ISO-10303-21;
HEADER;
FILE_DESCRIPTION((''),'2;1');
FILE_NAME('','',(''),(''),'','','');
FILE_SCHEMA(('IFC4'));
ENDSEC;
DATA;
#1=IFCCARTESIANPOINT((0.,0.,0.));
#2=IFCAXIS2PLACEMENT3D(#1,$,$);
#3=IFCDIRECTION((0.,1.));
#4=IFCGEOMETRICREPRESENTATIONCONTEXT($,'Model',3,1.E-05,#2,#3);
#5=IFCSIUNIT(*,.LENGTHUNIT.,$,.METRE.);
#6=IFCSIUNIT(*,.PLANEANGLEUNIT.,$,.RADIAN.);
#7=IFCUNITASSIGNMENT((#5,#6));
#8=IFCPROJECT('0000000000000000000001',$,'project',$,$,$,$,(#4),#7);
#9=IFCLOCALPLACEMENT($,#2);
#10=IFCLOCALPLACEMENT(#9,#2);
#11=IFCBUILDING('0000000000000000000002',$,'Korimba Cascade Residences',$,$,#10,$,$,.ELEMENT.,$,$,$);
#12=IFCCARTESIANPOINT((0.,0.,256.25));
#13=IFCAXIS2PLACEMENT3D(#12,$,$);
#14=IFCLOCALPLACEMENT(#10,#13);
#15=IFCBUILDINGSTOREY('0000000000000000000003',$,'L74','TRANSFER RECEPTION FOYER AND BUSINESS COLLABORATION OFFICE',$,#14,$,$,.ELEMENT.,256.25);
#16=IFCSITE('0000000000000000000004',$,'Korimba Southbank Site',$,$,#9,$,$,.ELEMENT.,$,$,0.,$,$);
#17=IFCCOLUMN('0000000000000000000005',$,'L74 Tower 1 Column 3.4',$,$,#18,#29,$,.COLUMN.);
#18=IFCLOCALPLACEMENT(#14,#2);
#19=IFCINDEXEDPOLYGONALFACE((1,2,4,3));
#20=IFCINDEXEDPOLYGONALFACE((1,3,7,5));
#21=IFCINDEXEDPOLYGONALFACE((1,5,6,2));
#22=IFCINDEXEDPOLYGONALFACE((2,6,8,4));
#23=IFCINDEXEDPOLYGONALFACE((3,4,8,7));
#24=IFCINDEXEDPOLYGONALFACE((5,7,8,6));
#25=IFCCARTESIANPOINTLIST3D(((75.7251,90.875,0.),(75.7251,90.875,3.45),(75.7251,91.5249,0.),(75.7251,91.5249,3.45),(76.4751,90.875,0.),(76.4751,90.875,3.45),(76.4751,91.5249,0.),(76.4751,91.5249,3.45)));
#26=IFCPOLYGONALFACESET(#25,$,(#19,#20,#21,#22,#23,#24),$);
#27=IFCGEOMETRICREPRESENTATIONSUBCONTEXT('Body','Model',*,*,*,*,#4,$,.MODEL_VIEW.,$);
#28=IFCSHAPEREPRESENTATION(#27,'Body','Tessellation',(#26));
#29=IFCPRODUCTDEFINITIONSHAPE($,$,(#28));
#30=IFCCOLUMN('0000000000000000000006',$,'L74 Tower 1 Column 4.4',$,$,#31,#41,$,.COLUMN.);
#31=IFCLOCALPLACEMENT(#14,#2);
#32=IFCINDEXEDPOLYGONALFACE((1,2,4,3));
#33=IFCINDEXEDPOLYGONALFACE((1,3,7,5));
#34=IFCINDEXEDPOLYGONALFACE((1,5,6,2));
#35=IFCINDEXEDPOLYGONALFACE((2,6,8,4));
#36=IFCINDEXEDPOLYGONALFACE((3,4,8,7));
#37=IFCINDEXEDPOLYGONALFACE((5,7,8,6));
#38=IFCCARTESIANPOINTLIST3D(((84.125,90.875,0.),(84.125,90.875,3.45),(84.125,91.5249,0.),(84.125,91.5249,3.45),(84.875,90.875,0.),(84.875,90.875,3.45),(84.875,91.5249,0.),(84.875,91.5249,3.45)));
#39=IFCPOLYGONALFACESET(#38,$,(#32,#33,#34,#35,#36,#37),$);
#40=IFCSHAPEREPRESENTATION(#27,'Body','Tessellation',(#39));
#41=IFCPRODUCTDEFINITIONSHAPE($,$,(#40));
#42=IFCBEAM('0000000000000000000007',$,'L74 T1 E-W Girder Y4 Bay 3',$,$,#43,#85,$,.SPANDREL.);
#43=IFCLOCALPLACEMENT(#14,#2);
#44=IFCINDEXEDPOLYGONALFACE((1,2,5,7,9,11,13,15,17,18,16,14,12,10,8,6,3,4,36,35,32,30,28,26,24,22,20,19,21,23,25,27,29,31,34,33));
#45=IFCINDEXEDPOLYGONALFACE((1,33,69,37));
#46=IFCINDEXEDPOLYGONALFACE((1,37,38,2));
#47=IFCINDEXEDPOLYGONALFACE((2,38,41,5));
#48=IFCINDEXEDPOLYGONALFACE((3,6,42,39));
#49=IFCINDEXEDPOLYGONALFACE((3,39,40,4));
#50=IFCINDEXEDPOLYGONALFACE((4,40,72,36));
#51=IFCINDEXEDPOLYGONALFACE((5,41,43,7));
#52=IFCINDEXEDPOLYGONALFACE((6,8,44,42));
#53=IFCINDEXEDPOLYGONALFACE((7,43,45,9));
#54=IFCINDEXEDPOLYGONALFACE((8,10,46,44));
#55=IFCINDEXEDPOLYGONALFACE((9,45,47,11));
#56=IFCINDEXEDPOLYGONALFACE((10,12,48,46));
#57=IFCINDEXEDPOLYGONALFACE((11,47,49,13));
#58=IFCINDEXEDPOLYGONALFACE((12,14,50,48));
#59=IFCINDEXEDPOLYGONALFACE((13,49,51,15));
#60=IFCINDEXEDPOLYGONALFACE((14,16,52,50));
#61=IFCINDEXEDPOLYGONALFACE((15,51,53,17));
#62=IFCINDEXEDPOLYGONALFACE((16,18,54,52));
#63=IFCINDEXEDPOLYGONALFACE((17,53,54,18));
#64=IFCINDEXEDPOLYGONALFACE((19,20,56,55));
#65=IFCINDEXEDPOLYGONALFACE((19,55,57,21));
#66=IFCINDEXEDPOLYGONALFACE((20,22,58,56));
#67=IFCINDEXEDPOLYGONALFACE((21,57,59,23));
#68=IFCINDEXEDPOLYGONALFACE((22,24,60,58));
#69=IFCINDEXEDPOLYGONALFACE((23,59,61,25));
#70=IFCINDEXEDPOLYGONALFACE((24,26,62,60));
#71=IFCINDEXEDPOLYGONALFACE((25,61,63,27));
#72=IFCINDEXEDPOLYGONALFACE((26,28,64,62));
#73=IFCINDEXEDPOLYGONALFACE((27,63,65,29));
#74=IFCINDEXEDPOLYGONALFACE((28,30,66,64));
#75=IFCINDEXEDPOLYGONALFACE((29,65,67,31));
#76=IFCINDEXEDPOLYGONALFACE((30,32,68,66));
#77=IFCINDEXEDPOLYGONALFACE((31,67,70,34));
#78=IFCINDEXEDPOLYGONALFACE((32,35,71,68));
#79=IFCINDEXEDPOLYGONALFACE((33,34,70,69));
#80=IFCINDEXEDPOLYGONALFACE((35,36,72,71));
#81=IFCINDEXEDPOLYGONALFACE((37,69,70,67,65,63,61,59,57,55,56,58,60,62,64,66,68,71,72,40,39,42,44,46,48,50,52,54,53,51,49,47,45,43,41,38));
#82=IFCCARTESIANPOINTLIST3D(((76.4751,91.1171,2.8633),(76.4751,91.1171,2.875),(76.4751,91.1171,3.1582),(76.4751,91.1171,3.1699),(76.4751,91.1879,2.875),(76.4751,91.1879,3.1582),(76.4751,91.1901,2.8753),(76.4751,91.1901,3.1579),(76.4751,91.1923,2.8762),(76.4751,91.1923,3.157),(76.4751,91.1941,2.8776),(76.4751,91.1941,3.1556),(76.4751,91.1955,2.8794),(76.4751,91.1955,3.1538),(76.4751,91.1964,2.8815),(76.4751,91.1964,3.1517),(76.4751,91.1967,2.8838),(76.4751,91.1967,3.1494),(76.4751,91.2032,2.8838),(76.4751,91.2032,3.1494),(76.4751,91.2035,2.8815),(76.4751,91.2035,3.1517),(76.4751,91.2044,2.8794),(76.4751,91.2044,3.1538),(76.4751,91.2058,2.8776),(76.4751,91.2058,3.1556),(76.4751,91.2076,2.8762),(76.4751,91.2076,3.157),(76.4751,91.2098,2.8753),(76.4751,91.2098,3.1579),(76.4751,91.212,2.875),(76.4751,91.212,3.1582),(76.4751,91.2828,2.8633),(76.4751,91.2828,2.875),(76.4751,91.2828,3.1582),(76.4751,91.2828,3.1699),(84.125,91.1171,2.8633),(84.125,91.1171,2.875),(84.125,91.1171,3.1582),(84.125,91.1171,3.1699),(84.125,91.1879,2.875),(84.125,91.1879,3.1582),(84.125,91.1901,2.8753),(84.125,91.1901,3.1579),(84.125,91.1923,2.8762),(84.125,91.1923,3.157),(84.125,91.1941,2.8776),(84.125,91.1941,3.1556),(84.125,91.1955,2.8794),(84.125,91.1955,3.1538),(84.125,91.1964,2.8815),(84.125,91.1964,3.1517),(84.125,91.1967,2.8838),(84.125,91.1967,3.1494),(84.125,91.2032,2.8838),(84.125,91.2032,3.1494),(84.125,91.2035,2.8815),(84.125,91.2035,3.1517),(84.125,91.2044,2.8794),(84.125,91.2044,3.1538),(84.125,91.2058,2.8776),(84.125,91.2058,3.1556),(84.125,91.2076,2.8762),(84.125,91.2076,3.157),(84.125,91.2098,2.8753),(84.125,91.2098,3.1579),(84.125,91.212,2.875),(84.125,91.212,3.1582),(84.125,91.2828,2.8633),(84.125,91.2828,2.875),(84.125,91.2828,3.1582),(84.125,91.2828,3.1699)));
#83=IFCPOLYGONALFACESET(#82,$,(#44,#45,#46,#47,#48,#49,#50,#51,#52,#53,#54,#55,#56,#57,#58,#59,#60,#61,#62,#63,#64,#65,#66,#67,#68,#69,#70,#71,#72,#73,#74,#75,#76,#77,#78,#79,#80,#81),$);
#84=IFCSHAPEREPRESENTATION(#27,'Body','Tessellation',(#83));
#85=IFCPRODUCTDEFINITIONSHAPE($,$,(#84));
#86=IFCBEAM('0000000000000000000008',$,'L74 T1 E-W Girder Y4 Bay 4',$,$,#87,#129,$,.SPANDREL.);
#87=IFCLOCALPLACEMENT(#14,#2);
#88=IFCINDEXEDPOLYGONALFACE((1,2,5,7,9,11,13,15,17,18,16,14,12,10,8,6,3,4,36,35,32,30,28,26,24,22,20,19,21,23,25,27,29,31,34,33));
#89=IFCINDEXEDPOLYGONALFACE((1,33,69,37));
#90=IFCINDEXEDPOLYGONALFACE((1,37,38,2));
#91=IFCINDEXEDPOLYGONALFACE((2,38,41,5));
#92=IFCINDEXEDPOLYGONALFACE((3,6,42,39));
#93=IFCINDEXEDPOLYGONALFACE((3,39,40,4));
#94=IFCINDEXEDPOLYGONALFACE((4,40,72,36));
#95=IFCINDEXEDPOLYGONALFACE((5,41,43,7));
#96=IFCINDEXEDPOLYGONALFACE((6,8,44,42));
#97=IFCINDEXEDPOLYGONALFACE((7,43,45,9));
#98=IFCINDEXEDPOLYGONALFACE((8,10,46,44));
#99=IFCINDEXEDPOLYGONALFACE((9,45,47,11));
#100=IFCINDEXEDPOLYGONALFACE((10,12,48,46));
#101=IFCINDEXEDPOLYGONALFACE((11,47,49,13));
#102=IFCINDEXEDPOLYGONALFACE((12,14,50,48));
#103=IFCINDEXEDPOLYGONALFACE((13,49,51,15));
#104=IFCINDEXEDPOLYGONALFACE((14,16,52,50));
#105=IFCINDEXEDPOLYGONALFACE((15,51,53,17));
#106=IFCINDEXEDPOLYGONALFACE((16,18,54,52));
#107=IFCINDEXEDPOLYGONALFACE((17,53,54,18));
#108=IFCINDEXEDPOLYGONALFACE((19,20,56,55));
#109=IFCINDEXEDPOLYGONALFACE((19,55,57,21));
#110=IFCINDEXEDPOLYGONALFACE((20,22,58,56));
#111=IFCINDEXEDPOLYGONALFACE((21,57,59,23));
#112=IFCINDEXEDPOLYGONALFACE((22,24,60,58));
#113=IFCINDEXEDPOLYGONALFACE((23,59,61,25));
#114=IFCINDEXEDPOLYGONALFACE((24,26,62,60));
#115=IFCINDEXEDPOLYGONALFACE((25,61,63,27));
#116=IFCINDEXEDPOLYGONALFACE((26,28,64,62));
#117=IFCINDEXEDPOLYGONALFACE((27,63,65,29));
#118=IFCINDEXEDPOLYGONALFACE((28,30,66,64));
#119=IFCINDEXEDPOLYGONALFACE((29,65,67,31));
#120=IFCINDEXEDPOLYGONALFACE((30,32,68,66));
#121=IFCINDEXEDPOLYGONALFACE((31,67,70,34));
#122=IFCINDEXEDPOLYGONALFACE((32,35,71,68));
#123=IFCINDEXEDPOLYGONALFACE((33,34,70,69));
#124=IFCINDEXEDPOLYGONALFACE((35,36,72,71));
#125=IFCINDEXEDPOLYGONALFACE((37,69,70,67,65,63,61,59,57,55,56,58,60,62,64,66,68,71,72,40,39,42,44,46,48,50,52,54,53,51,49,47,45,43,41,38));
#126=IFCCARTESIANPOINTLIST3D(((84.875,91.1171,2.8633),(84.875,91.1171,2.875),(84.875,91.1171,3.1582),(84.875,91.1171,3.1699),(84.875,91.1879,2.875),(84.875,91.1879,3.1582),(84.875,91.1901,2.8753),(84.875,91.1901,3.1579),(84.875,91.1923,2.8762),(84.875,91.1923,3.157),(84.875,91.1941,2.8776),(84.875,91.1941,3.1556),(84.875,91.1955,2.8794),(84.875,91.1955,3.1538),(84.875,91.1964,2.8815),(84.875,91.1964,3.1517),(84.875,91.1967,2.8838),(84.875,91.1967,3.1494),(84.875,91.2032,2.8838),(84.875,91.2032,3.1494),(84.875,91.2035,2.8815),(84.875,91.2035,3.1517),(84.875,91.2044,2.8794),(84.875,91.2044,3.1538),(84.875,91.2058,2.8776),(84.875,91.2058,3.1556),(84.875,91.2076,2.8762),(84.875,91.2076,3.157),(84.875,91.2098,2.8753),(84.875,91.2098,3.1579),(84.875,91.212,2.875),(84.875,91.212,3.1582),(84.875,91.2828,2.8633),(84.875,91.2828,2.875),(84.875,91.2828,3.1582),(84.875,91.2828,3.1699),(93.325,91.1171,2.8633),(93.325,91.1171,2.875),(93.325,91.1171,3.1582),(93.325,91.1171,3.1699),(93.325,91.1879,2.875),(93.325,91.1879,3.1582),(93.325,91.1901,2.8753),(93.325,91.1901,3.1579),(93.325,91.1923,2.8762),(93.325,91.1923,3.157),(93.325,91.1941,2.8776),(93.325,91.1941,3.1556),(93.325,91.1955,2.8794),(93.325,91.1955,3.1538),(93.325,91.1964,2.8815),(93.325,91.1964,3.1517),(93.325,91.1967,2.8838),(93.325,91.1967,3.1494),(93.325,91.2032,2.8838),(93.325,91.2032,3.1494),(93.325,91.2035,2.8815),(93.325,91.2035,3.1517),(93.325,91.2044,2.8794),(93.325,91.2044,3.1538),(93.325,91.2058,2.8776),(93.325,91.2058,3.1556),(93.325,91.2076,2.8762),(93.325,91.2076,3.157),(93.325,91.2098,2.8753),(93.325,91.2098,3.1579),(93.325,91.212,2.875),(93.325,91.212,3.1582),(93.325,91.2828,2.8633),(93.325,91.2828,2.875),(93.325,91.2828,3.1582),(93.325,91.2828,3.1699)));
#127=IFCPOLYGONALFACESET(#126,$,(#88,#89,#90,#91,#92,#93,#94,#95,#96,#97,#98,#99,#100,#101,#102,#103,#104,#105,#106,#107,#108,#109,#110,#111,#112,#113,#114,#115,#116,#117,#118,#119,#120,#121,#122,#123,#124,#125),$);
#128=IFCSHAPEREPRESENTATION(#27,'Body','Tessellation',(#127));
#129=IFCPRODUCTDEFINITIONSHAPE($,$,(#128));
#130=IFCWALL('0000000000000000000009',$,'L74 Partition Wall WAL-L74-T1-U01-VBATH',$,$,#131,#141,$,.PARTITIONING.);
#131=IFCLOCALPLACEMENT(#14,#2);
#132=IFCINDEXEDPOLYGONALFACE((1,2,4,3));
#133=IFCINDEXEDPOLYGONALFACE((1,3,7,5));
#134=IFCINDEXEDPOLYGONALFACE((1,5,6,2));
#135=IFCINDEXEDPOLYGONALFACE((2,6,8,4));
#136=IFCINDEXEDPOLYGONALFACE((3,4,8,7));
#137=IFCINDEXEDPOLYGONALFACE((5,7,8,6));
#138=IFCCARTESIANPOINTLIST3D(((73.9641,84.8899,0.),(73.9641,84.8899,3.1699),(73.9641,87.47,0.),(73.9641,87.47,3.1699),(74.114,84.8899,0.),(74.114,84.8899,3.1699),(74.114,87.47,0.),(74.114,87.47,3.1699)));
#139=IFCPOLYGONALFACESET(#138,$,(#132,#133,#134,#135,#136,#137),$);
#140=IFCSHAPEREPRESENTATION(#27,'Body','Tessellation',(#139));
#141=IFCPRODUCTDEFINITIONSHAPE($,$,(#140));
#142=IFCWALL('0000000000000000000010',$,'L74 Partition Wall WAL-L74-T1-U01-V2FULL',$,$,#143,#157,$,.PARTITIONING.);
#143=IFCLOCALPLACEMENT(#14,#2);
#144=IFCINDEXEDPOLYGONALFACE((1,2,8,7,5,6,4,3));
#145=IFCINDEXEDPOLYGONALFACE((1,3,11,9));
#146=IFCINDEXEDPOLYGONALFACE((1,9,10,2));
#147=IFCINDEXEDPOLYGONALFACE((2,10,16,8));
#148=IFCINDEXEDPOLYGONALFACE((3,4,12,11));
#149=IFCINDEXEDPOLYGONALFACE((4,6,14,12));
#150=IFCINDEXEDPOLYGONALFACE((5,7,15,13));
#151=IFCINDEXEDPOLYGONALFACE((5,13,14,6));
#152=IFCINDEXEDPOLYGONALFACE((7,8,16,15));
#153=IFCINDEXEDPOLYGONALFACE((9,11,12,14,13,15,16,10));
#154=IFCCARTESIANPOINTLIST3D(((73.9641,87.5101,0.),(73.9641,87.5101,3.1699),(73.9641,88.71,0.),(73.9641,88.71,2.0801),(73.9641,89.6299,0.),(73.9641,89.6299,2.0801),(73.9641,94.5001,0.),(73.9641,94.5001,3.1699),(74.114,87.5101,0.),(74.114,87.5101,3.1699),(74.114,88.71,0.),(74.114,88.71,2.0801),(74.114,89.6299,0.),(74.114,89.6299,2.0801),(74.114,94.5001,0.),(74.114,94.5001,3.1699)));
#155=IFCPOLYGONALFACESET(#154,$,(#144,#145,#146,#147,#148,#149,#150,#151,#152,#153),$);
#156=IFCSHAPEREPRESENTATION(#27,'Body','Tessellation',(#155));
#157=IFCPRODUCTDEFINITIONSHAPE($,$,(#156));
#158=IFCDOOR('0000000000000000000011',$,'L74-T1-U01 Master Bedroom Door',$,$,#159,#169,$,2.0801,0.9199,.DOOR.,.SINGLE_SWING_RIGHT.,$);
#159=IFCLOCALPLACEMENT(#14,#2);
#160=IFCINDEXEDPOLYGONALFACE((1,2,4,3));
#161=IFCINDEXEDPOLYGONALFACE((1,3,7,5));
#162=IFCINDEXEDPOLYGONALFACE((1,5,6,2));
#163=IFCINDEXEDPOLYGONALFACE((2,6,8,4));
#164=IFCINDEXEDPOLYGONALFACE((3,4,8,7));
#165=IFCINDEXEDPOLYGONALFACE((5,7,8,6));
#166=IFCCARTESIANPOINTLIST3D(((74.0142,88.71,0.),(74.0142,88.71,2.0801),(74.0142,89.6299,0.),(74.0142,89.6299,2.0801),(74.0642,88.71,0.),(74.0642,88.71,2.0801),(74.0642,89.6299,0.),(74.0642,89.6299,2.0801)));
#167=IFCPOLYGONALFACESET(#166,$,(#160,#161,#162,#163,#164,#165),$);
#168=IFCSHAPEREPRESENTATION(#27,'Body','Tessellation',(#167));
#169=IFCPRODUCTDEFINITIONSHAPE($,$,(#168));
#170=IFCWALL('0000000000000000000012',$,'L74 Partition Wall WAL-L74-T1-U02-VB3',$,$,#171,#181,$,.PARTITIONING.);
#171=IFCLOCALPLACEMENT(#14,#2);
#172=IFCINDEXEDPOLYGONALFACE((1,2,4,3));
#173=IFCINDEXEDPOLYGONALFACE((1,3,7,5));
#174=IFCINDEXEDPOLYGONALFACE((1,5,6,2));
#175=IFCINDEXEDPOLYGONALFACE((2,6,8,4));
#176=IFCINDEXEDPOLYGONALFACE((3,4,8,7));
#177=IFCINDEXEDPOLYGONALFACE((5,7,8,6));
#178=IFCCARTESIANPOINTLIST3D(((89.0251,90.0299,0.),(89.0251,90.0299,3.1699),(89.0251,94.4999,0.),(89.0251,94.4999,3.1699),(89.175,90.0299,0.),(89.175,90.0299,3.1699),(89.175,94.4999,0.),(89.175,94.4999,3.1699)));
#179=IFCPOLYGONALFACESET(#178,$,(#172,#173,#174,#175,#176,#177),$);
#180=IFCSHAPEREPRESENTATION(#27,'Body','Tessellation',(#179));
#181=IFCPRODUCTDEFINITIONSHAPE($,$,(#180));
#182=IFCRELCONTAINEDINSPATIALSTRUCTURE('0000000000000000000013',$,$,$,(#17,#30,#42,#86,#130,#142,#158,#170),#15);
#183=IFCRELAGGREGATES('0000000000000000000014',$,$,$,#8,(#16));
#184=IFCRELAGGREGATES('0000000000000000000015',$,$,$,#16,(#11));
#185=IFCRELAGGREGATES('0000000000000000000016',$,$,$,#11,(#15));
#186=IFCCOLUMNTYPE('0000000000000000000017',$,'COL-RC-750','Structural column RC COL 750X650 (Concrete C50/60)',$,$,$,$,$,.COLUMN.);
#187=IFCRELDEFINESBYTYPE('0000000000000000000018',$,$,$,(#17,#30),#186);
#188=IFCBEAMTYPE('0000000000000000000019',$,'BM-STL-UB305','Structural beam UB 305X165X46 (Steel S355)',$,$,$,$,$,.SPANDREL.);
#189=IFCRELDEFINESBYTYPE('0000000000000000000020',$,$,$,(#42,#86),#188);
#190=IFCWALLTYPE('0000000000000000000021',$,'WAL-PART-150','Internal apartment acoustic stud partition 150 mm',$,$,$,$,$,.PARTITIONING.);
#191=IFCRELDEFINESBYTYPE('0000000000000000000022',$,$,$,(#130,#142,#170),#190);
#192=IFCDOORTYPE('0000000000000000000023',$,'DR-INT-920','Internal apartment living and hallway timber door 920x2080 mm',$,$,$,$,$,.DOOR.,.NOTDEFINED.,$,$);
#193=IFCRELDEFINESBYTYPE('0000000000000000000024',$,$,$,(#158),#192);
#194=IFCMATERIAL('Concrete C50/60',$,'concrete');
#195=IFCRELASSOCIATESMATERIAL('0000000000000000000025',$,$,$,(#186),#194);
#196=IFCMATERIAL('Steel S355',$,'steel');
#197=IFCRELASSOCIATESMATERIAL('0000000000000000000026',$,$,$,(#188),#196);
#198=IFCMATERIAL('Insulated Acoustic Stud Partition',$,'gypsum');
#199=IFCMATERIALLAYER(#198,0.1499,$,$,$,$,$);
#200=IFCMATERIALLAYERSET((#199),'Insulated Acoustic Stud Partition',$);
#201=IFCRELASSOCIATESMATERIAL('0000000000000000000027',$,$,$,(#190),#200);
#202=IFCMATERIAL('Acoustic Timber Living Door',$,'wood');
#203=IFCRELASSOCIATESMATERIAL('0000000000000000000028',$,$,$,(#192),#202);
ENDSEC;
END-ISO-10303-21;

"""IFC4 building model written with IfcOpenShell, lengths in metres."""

from ifc_helpers import new_model, si_unit, direction, frame, frame_2d, origin, origin_2d, place, context, subcontext, project, spatial, rectangle, i_section, extrude, material, layer, layer_set, material_profile, profile_set, type_object, element, fill, save


model = new_model("IFC4")

# Units and contexts
model_context = context("Model", 3, precision=1e-05, world=origin(), true_north=direction((0.0, 1.0)))
body_context = subcontext(model_context, "Body", "Model", "MODEL_VIEW")
ifc_project = project(units=[si_unit("LENGTHUNIT", "METRE"), si_unit("PLANEANGLEUNIT", "RADIAN")], contexts=[model_context])

# Site, building, storey
site_placement = place(None, origin())
site = spatial("IfcSite", under=ifc_project, at=site_placement, Name="Korimba Southbank Site", CompositionType="ELEMENT", RefElevation=0.0)
building_placement = place(site_placement, origin())
building = spatial("IfcBuilding", under=site, at=building_placement, Name="Korimba Cascade Residences", CompositionType="ELEMENT")
storey_placement = place(building_placement, frame((0.0, 0.0, 256.25)))
storey = spatial("IfcBuildingStorey", under=building, at=storey_placement, Name="L74", Description="TRANSFER RECEPTION FOYER AND BUSINESS COLLABORATION OFFICE", CompositionType="ELEMENT", Elevation=256.25)

# Columns
ifc_material_1 = material(Name="Concrete C50/60", Category="concrete")
ifc_material_profile_1 = material_profile(ifc_material_1, rectangle(XDim=0.75, YDim=0.6499, at=origin_2d()), Name="Concrete C50/60")
ifc_profile_set_1 = profile_set([ifc_material_profile_1], Name="Concrete C50/60")
column_type = type_object("IfcColumnType", Name="COL-RC-750", Description="Structural column RC COL 750X650 (Concrete C50/60)", PredefinedType="COLUMN", material=ifc_profile_set_1)
for number, where, z_axis, x_axis, name in (
    (1, (76.1001, 91.2, 0.0), (0.0, 0.0, 1.0), (1.0, 0.0, 0.0), "L74 Tower 1 Column 3.4"),
    (2, (84.5, 91.2, 0.0), (0.0, 0.0, 1.0), (1.0, 0.0, 0.0), "L74 Tower 1 Column 4.4"),
):
    element("IfcColumn", number, at=place(storey_placement, frame(where, z_axis=z_axis, x_axis=x_axis)), inside=storey, type_object=column_type, Name=name, PredefinedType="COLUMN", context=body_context, shape_type="SweptSolid", body=[
        extrude(rectangle(XDim=0.75, YDim=0.6499, at=origin_2d()), origin(), (0.0, 0.0, 1.0), 3.45),
    ])

# Beams
ifc_material_2 = material(Name="Steel S355", Category="steel")
ifc_material_profile_2 = material_profile(ifc_material_2, i_section(OverallWidth=0.1658, OverallDepth=0.3066, WebThickness=0.0066, FlangeThickness=0.0117, FilletRadius=0.0088, at=origin_2d()), Name="Steel S355")
ifc_profile_set_2 = profile_set([ifc_material_profile_2], Name="Steel S355")
beam_type = type_object("IfcBeamType", Name="BM-STL-UB305", Description="Structural beam UB 305X165X46 (Steel S355)", PredefinedType="SPANDREL", material=ifc_profile_set_2)
beam_1_placement = place(storey_placement, frame((76.4751, 91.2, 3.0166), z_axis=(1.0, 0.0, 0.0), x_axis=(0.0, 1.0, 0.0)))
element("IfcBeam", 3, at=beam_1_placement, inside=storey, type_object=beam_type, Name="L74 T1 E-W Girder Y4 Bay 3", PredefinedType="SPANDREL", context=body_context, shape_type="SweptSolid", body=[
    extrude(i_section(OverallWidth=0.1658, OverallDepth=0.3066, WebThickness=0.0066, FlangeThickness=0.0117, FilletRadius=0.0088, at=origin_2d()), origin(), (0.0, 0.0, 1.0), 7.6499),
])
beam_2_placement = place(storey_placement, frame((84.875, 91.2, 3.0166), z_axis=(1.0, 0.0, 0.0), x_axis=(0.0, 1.0, 0.0)))
element("IfcBeam", 4, at=beam_2_placement, inside=storey, type_object=beam_type, Name="L74 T1 E-W Girder Y4 Bay 4", PredefinedType="SPANDREL", context=body_context, shape_type="SweptSolid", body=[
    extrude(i_section(OverallWidth=0.1658, OverallDepth=0.3066, WebThickness=0.0066, FlangeThickness=0.0117, FilletRadius=0.0088, at=origin_2d()), origin(), (0.0, 0.0, 1.0), 8.45),
])

# Wall
ifc_material_3 = material(Name="Insulated Acoustic Stud Partition", Category="gypsum")
ifc_layer = layer(ifc_material_3, 0.1499)
ifc_layer_set = layer_set([ifc_layer], Name="Insulated Acoustic Stud Partition")
wall_type = type_object("IfcWallType", Name="WAL-PART-150", Description="Internal apartment acoustic stud partition 150 mm", PredefinedType="PARTITIONING", material=ifc_layer_set)
wall_1_placement = place(storey_placement, frame((74.0391, 84.8899, 0.0), z_axis=(0.0, 0.0, 1.0), x_axis=(0.0, 1.0, 0.0)))
element("IfcWall", 5, at=wall_1_placement, inside=storey, type_object=wall_type, Name="L74 Partition Wall WAL-L74-T1-U01-VBATH", PredefinedType="PARTITIONING", context=body_context, shape_type="SweptSolid", body=[
    extrude(rectangle(XDim=2.5801, YDim=0.1499, at=frame_2d((1.29, 0.0))), origin(), (0.0, 0.0, 1.0), 3.1699),
])

# Wall, opening, door
wall_2_placement = place(storey_placement, frame((74.0391, 87.51, 0.0), z_axis=(0.0, 0.0, 1.0), x_axis=(0.0, 1.0, 0.0)))
wall_2 = element("IfcWall", 6, at=wall_2_placement, inside=storey, type_object=wall_type, Name="L74 Partition Wall WAL-L74-T1-U01-V2FULL", PredefinedType="PARTITIONING", context=body_context, shape_type="SweptSolid", body=[
    extrude(rectangle(XDim=6.99, YDim=0.1499, at=frame_2d((3.4951, 0.0))), origin(), (0.0, 0.0, 1.0), 3.1699),
])
opening_1_placement = place(wall_2_placement, frame((1.2, 0.0, 0.0)))
opening_1 = element("IfcOpeningElement", 7, at=opening_1_placement, cuts=wall_2, PredefinedType="OPENING", context=body_context, shape_type="SweptSolid", body=[
    extrude(rectangle(XDim=0.9199, YDim=2.0801, at=frame_2d((0.46, 1.04))), frame((0.0, 0.085, 0.0), z_axis=(0.0, -1.0, 0.0), x_axis=(1.0, 0.0, 0.0)), (0.0, 0.0, 1.0), 0.1699),
])
ifc_material_4 = material(Name="Acoustic Timber Living Door", Category="wood")
door_type_1 = type_object("IfcDoorType", Name="DR-INT-920", Description="Internal apartment living and hallway timber door 920x2080 mm", OperationType="NOTDEFINED", PredefinedType="DOOR", material=ifc_material_4)
door_1_placement = place(opening_1_placement, origin())
door_1 = element("IfcDoor", 8, at=door_1_placement, inside=storey, type_object=door_type_1, Name="L74-T1-U01 Master Bedroom Door", OperationType="SINGLE_SWING_RIGHT", OverallHeight=2.0801, OverallWidth=0.9199, PredefinedType="DOOR", context=body_context, shape_type="SweptSolid", body=[
    extrude(rectangle(XDim=0.9199, YDim=2.0801, at=frame_2d((0.46, 1.04))), frame((0.0, 0.0249, 0.0), z_axis=(0.0, -1.0, 0.0), x_axis=(1.0, 0.0, 0.0)), (0.0, 0.0, 1.0), 0.05),
])
fill(opening_1, door_1)

# Wall
wall_3_placement = place(storey_placement, frame((89.1001, 90.03, 0.0), z_axis=(0.0, 0.0, 1.0), x_axis=(0.0, 1.0, 0.0)))
element("IfcWall", 9, at=wall_3_placement, inside=storey, type_object=wall_type, Name="L74 Partition Wall WAL-L74-T1-U02-VB3", PredefinedType="PARTITIONING", context=body_context, shape_type="SweptSolid", body=[
    extrude(rectangle(XDim=4.47, YDim=0.1499, at=frame_2d((2.2349, 0.0))), origin(), (0.0, 0.0, 1.0), 3.1699),
])

save(model, "model.ifc")
